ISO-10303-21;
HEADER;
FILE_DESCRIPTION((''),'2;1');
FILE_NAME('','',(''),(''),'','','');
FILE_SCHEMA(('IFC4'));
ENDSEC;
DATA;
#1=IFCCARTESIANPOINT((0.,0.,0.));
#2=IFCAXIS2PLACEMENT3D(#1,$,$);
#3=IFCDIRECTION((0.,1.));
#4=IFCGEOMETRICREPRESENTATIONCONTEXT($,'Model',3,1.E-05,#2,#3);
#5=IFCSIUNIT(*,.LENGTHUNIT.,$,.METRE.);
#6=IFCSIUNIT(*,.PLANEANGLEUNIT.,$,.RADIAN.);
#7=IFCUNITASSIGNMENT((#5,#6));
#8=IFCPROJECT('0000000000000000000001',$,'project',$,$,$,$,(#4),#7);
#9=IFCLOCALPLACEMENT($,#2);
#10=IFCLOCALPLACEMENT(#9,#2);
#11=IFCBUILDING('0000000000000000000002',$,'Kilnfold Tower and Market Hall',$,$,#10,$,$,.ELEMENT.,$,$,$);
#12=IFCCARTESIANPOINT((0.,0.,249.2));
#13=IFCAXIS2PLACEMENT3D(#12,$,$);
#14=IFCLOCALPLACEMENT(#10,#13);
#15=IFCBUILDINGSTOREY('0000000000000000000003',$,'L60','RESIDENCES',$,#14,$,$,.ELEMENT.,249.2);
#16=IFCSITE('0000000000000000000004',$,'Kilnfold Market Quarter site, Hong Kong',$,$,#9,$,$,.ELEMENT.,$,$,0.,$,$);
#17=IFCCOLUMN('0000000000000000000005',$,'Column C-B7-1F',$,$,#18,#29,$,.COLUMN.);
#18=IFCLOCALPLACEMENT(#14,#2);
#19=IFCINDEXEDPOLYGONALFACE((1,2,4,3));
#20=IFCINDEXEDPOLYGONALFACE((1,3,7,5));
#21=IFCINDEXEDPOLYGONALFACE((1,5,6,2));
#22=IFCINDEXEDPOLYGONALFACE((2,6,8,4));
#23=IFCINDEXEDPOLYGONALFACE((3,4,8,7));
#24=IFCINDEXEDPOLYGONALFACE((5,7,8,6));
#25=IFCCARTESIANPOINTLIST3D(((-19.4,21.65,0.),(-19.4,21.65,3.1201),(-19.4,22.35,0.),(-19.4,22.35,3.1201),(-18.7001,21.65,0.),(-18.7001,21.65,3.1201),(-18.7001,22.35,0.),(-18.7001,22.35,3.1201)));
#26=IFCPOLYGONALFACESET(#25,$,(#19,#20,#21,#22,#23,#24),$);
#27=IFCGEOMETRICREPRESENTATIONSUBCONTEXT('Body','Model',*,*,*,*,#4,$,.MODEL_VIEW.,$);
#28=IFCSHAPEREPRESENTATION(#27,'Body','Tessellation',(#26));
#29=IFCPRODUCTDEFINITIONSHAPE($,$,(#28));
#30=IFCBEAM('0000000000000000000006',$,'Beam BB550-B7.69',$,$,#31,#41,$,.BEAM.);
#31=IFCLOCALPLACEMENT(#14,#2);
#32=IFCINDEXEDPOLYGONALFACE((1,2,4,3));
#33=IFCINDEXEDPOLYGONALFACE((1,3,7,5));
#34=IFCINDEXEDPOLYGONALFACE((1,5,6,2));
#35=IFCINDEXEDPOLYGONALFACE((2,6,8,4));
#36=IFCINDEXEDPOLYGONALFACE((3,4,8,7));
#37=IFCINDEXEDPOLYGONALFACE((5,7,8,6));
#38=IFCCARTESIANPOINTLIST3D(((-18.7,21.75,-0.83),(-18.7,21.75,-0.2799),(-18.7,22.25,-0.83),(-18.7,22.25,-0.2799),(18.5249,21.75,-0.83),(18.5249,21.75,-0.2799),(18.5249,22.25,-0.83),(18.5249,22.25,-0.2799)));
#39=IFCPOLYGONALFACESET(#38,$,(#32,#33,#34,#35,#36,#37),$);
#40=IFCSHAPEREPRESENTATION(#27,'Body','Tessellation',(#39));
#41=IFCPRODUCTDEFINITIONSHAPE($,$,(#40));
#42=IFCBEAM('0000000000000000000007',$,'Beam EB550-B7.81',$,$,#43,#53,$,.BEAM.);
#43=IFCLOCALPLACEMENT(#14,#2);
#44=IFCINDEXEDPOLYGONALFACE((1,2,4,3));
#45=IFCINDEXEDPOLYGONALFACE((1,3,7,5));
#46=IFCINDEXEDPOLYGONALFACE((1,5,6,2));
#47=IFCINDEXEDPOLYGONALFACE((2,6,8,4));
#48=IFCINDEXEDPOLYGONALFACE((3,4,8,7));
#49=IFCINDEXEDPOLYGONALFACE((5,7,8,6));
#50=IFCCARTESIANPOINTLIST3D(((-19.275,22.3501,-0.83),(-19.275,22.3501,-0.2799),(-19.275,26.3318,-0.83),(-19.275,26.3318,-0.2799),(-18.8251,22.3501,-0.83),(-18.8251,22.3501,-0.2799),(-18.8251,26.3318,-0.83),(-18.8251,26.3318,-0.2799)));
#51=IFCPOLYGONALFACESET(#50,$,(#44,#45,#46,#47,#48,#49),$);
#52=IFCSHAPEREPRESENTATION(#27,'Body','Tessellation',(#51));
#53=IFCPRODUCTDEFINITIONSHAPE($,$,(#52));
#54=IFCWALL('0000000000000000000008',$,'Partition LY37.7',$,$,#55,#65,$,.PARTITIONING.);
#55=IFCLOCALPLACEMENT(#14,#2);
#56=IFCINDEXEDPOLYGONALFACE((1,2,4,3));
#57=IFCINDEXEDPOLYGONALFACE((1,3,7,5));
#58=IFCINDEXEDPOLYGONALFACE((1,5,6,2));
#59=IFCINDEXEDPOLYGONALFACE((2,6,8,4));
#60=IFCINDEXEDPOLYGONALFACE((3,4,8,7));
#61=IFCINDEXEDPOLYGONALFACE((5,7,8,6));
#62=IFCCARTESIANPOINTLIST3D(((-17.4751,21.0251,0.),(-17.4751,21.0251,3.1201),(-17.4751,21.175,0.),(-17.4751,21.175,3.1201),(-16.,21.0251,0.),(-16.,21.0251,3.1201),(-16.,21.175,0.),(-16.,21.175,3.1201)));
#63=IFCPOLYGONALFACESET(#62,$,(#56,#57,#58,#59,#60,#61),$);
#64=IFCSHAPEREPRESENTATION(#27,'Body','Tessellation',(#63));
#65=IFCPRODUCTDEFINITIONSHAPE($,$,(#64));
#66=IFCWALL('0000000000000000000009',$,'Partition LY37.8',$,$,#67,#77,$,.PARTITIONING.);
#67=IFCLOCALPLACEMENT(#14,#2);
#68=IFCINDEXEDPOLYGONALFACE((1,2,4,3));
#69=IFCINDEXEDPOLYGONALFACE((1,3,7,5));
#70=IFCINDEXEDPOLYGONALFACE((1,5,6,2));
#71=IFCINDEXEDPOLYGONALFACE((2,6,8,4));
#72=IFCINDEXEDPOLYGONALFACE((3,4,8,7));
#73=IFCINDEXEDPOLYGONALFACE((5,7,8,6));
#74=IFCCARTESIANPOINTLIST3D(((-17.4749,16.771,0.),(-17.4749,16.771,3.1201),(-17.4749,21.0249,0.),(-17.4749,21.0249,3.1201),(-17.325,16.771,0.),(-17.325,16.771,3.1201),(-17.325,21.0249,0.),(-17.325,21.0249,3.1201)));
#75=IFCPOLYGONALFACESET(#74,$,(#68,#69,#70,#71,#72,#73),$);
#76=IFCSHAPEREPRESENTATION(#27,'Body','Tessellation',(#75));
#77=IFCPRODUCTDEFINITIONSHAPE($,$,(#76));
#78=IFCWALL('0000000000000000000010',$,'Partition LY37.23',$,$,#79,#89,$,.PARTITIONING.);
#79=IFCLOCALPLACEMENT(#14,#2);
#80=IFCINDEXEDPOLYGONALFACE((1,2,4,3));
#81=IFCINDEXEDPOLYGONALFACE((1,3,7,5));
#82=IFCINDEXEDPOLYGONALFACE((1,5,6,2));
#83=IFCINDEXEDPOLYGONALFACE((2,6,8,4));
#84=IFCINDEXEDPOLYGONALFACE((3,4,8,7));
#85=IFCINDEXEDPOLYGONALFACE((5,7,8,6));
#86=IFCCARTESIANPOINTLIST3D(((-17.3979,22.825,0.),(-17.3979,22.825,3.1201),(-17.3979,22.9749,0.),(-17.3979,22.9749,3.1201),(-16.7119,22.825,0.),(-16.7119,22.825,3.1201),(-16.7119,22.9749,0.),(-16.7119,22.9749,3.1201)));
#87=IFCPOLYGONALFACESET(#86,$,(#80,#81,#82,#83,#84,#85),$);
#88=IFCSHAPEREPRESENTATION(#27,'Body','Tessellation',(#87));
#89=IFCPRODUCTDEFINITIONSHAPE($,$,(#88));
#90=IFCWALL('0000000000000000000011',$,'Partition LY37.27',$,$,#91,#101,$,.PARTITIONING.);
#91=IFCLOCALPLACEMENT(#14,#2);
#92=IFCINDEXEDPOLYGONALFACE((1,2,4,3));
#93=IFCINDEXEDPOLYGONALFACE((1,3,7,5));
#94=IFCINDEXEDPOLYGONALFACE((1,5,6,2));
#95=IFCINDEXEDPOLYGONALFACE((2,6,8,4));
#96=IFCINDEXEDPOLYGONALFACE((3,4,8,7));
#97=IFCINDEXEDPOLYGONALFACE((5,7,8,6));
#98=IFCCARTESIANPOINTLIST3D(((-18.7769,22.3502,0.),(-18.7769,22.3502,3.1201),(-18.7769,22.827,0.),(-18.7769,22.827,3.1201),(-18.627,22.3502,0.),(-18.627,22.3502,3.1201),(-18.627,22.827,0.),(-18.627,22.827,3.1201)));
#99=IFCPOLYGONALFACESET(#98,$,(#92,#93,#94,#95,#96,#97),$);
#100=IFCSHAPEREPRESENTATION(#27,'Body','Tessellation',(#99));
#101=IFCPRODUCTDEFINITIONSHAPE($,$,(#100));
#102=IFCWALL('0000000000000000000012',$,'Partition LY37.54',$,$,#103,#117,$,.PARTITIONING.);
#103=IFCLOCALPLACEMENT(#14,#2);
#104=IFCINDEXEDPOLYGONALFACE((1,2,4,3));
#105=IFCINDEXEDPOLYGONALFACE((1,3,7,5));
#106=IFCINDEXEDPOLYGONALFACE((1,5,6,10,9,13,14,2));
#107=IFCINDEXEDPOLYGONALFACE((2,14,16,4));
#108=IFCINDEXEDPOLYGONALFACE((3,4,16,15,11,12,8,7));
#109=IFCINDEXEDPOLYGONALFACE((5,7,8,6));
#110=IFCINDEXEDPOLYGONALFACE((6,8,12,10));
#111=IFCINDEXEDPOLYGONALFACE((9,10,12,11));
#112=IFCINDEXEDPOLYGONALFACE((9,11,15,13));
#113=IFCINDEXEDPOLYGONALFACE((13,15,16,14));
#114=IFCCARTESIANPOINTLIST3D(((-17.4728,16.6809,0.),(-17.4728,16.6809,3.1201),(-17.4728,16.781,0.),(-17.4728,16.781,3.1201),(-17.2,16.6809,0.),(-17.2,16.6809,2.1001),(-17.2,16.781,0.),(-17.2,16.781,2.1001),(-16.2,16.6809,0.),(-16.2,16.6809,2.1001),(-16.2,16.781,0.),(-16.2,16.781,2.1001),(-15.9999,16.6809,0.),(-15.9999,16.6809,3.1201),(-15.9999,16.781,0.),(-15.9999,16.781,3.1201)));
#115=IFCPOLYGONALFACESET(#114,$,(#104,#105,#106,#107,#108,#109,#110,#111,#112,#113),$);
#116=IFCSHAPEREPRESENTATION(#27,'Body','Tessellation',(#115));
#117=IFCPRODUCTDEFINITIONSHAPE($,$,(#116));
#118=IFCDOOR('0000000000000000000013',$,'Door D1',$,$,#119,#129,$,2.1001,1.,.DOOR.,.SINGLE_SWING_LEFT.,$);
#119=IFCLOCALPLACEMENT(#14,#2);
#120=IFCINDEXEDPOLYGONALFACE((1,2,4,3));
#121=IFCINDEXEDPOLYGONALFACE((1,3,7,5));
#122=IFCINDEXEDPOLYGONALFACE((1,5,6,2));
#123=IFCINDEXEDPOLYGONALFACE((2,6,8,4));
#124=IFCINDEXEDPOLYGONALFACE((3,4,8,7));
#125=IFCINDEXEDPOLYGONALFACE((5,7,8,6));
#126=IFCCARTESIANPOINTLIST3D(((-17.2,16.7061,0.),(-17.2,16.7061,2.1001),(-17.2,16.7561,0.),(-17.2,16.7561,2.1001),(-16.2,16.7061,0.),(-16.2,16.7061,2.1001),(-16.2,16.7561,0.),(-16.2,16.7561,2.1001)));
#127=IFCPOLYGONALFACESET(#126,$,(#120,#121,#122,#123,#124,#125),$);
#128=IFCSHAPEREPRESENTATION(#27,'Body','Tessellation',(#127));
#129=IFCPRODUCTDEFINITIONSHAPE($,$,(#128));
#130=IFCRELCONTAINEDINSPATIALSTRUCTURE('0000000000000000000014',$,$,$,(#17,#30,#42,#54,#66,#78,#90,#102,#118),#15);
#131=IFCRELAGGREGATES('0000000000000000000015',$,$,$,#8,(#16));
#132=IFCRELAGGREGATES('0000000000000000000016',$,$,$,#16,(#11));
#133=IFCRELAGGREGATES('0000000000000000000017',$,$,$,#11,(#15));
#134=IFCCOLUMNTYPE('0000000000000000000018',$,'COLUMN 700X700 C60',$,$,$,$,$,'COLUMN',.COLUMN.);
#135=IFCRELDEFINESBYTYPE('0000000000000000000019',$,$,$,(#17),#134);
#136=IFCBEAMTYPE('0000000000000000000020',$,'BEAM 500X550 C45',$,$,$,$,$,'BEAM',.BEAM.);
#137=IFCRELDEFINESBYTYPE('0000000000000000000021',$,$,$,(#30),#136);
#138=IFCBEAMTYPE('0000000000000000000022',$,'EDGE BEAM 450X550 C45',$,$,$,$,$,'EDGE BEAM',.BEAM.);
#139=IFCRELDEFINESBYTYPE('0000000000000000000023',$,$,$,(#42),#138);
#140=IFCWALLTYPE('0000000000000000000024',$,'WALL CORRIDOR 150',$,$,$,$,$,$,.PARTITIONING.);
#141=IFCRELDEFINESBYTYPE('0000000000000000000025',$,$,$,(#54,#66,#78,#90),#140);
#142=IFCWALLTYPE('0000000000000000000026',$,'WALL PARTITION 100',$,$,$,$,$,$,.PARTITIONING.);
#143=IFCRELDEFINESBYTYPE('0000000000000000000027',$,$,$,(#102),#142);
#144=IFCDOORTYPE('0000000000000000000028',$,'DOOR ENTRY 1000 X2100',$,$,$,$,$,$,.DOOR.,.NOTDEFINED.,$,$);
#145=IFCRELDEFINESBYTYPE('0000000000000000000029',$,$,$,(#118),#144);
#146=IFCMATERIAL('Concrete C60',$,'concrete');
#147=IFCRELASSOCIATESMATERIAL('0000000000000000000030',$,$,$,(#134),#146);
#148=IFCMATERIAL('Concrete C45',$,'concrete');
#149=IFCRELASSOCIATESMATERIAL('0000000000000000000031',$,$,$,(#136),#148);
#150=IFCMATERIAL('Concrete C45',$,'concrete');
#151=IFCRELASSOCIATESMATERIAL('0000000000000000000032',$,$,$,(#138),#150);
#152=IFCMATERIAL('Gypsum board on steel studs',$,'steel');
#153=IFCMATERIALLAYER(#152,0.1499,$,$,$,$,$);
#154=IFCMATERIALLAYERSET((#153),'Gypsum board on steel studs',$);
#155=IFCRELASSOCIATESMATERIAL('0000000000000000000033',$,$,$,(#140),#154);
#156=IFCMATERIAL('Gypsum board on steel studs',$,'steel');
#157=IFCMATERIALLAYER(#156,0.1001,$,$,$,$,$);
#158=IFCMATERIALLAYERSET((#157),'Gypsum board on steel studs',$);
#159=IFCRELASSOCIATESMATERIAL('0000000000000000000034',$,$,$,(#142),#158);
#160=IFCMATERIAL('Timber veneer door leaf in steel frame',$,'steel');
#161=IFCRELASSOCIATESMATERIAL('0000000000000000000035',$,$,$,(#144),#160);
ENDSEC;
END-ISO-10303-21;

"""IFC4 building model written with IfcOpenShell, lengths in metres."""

from ifc_helpers import new_model, si_unit, direction, frame, frame_2d, origin, origin_2d, place, context, subcontext, project, spatial, rectangle, extrude, source, transform, mapped, material, layer, layer_set, material_profile, profile_set, type_object, element, fill, save


model = new_model("IFC4")

# Units and contexts
model_context = context("Model", 3, precision=1e-05, world=origin(), true_north=direction((0.0, 1.0)))
body_context = subcontext(model_context, "Body", "Model", "MODEL_VIEW")
ifc_project = project(units=[si_unit("LENGTHUNIT", "METRE"), si_unit("PLANEANGLEUNIT", "RADIAN")], contexts=[model_context])

# Site, building, storey
site_placement = place(None, origin())
site = spatial("IfcSite", under=ifc_project, at=site_placement, Name="Kilnfold Market Quarter site, Hong Kong", CompositionType="ELEMENT", RefElevation=0.0)
building_placement = place(site_placement, origin())
building = spatial("IfcBuilding", under=site, at=building_placement, Name="Kilnfold Tower and Market Hall", CompositionType="ELEMENT")
storey_placement = place(building_placement, frame((0.0, 0.0, 249.2)))
storey = spatial("IfcBuildingStorey", under=building, at=storey_placement, Name="L60", Description="RESIDENCES", CompositionType="ELEMENT", Elevation=249.2)

# Column
ifc_material_1 = material(Name="Concrete C60", Category="concrete")
ifc_material_profile_1 = material_profile(ifc_material_1, rectangle(XDim=0.7, YDim=0.7, at=origin_2d()), Name="RC 700x700")
ifc_profile_set_1 = profile_set([ifc_material_profile_1], Name="Concrete C60")
column_type = type_object("IfcColumnType", Name="COLUMN 700X700 C60", ElementType="COLUMN", PredefinedType="COLUMN", material=ifc_profile_set_1)
shared_shape_1 = source(origin(), body_context, "Body", "SweptSolid", [
    extrude(rectangle(XDim=0.7, YDim=0.7, at=origin_2d()), origin(), (0.0, 0.0, 1.0), 3.1201),
])
column_placement = place(storey_placement, frame((-19.05, 22.0, 0.0), z_axis=(0.0, 0.0, 1.0), x_axis=(1.0, 0.0, 0.0)))
element("IfcColumn", 1, at=column_placement, inside=storey, type_object=column_type, Name="Column C-B7-1F", PredefinedType="COLUMN", context=body_context, shape_type="MappedRepresentation", body=[
    mapped(shared_shape_1, transform((0.0, 0.0, 0.0))),
])

# Beams
ifc_material_2 = material(Name="Concrete C45", Category="concrete")
ifc_material_profile_2 = material_profile(ifc_material_2, rectangle(XDim=0.5, YDim=0.55, at=origin_2d()), Name="RC 500x550")
ifc_profile_set_2 = profile_set([ifc_material_profile_2], Name="Concrete C45")
beam_type_1 = type_object("IfcBeamType", Name="BEAM 500X550 C45", ElementType="BEAM", PredefinedType="BEAM", material=ifc_profile_set_2)
shared_shape_2 = source(origin(), body_context, "Body", "SweptSolid", [
    extrude(rectangle(XDim=0.5, YDim=0.55, at=origin_2d()), origin(), (0.0, 0.0, 1.0), 37.2249),
])
beam_1_placement = place(storey_placement, frame((-18.7, 22.0, -0.5549), z_axis=(1.0, 0.0, 0.0), x_axis=(0.0, 1.0, 0.0)))
element("IfcBeam", 2, at=beam_1_placement, inside=storey, type_object=beam_type_1, Name="Beam BB550-B7.69", PredefinedType="BEAM", context=body_context, shape_type="MappedRepresentation", body=[
    mapped(shared_shape_2, transform((0.0, 0.0, 0.0))),
])
ifc_material_3 = material(Name="Concrete C45", Category="concrete")
ifc_material_profile_3 = material_profile(ifc_material_3, rectangle(XDim=0.45, YDim=0.55, at=origin_2d()), Name="RC 450x550")
ifc_profile_set_3 = profile_set([ifc_material_profile_3], Name="Concrete C45")
beam_type_2 = type_object("IfcBeamType", Name="EDGE BEAM 450X550 C45", ElementType="EDGE BEAM", PredefinedType="BEAM", material=ifc_profile_set_3)
shared_shape_3 = source(origin(), body_context, "Body", "SweptSolid", [
    extrude(rectangle(XDim=0.45, YDim=0.55, at=origin_2d()), origin(), (0.0, 0.0, 1.0), 3.9817),
])
beam_2_placement = place(storey_placement, frame((-19.05, 22.3501, -0.5549), z_axis=(0.0, 1.0, 0.0), x_axis=(-1.0, 0.0, 0.0)))
element("IfcBeam", 3, at=beam_2_placement, inside=storey, type_object=beam_type_2, Name="Beam EB550-B7.81", PredefinedType="BEAM", context=body_context, shape_type="MappedRepresentation", body=[
    mapped(shared_shape_3, transform((0.0, 0.0, 0.0))),
])

# Walls
ifc_material_4 = material(Name="Gypsum board on steel studs", Category="steel")
ifc_layer_1 = layer(ifc_material_4, 0.1499)
ifc_layer_set_1 = layer_set([ifc_layer_1], Name="Gypsum board on steel studs")
wall_type_1 = type_object("IfcWallType", Name="WALL CORRIDOR 150", PredefinedType="PARTITIONING", material=ifc_layer_set_1)
wall_1_placement = place(storey_placement, frame((-17.4751, 21.1001, 0.0), z_axis=(0.0, 0.0, 1.0), x_axis=(1.0, 0.0, 0.0)))
element("IfcWall", 4, at=wall_1_placement, inside=storey, type_object=wall_type_1, Name="Partition LY37.7", PredefinedType="PARTITIONING", context=body_context, shape_type="SweptSolid", body=[
    extrude(rectangle(XDim=1.4751, YDim=0.1499, at=frame_2d((0.7375, 0.0))), origin(), (0.0, 0.0, 1.0), 3.1201),
])
wall_2_placement = place(storey_placement, frame((-17.3999, 16.771, 0.0), z_axis=(0.0, 0.0, 1.0), x_axis=(0.0, 1.0, 0.0)))
element("IfcWall", 5, at=wall_2_placement, inside=storey, type_object=wall_type_1, Name="Partition LY37.8", PredefinedType="PARTITIONING", context=body_context, shape_type="SweptSolid", body=[
    extrude(rectangle(XDim=4.2539, YDim=0.1499, at=frame_2d((2.127, 0.0))), origin(), (0.0, 0.0, 1.0), 3.1201),
])
wall_3_placement = place(storey_placement, frame((-16.7119, 22.8999, 0.0), z_axis=(0.0, 0.0, 1.0), x_axis=(-1.0, 0.0, 0.0)))
element("IfcWall", 6, at=wall_3_placement, inside=storey, type_object=wall_type_1, Name="Partition LY37.23", PredefinedType="PARTITIONING", context=body_context, shape_type="SweptSolid", body=[
    extrude(rectangle(XDim=0.686, YDim=0.1499, at=frame_2d((0.343, 0.0))), origin(), (0.0, 0.0, 1.0), 3.1201),
])
wall_4_placement = place(storey_placement, frame((-18.7019, 22.8269, 0.0), z_axis=(0.0, 0.0, 1.0), x_axis=(0.0, -1.0, 0.0)))
element("IfcWall", 7, at=wall_4_placement, inside=storey, type_object=wall_type_1, Name="Partition LY37.27", PredefinedType="PARTITIONING", context=body_context, shape_type="SweptSolid", body=[
    extrude(rectangle(XDim=0.4768, YDim=0.1499, at=frame_2d((0.2383, 0.0))), origin(), (0.0, 0.0, 1.0), 3.1201),
])

# Wall, opening, door
ifc_material_5 = material(Name="Gypsum board on steel studs", Category="steel")
ifc_layer_2 = layer(ifc_material_5, 0.1001)
ifc_layer_set_2 = layer_set([ifc_layer_2], Name="Gypsum board on steel studs")
wall_type_2 = type_object("IfcWallType", Name="WALL PARTITION 100", PredefinedType="PARTITIONING", material=ifc_layer_set_2)
wall_5_placement = place(storey_placement, frame((-16.0, 16.731, 0.0), z_axis=(0.0, 0.0, 1.0), x_axis=(-1.0, 0.0, 0.0)))
wall_5 = element("IfcWall", 8, at=wall_5_placement, inside=storey, type_object=wall_type_2, Name="Partition LY37.54", PredefinedType="PARTITIONING", context=body_context, shape_type="SweptSolid", body=[
    extrude(rectangle(XDim=1.4729, YDim=0.1001, at=frame_2d((0.7363, 0.0))), origin(), (0.0, 0.0, 1.0), 3.1201),
])
opening_1_placement = place(wall_5_placement, frame((0.2, 0.0, 0.0)))
opening_1 = element("IfcOpeningElement", 9, at=opening_1_placement, cuts=wall_5, PredefinedType="OPENING", context=body_context, shape_type="SweptSolid", body=[
    extrude(rectangle(XDim=1.0, YDim=2.1001, at=frame_2d((0.5, 1.05))), frame((0.0, 0.0601, 0.0), z_axis=(0.0, -1.0, 0.0), x_axis=(1.0, 0.0, 0.0)), (0.0, 0.0, 1.0), 0.1201),
])
ifc_material_6 = material(Name="Timber veneer door leaf in steel frame", Category="steel")
door_type_1 = type_object("IfcDoorType", Name="DOOR ENTRY 1000 X2100", OperationType="NOTDEFINED", PredefinedType="DOOR", material=ifc_material_6)
door_1_placement = place(opening_1_placement, origin())
door_1 = element("IfcDoor", 10, at=door_1_placement, inside=storey, type_object=door_type_1, Name="Door D1", OperationType="SINGLE_SWING_LEFT", OverallHeight=2.1001, OverallWidth=1.0, PredefinedType="DOOR", context=body_context, shape_type="SweptSolid", body=[
    extrude(rectangle(XDim=1.0, YDim=2.1001, at=frame_2d((0.5, 1.05))), frame((0.0, 0.0249, 0.0), z_axis=(0.0, -1.0, 0.0), x_axis=(1.0, 0.0, 0.0)), (0.0, 0.0, 1.0), 0.05),
])
fill(opening_1, door_1)

save(model, "model.ifc")
